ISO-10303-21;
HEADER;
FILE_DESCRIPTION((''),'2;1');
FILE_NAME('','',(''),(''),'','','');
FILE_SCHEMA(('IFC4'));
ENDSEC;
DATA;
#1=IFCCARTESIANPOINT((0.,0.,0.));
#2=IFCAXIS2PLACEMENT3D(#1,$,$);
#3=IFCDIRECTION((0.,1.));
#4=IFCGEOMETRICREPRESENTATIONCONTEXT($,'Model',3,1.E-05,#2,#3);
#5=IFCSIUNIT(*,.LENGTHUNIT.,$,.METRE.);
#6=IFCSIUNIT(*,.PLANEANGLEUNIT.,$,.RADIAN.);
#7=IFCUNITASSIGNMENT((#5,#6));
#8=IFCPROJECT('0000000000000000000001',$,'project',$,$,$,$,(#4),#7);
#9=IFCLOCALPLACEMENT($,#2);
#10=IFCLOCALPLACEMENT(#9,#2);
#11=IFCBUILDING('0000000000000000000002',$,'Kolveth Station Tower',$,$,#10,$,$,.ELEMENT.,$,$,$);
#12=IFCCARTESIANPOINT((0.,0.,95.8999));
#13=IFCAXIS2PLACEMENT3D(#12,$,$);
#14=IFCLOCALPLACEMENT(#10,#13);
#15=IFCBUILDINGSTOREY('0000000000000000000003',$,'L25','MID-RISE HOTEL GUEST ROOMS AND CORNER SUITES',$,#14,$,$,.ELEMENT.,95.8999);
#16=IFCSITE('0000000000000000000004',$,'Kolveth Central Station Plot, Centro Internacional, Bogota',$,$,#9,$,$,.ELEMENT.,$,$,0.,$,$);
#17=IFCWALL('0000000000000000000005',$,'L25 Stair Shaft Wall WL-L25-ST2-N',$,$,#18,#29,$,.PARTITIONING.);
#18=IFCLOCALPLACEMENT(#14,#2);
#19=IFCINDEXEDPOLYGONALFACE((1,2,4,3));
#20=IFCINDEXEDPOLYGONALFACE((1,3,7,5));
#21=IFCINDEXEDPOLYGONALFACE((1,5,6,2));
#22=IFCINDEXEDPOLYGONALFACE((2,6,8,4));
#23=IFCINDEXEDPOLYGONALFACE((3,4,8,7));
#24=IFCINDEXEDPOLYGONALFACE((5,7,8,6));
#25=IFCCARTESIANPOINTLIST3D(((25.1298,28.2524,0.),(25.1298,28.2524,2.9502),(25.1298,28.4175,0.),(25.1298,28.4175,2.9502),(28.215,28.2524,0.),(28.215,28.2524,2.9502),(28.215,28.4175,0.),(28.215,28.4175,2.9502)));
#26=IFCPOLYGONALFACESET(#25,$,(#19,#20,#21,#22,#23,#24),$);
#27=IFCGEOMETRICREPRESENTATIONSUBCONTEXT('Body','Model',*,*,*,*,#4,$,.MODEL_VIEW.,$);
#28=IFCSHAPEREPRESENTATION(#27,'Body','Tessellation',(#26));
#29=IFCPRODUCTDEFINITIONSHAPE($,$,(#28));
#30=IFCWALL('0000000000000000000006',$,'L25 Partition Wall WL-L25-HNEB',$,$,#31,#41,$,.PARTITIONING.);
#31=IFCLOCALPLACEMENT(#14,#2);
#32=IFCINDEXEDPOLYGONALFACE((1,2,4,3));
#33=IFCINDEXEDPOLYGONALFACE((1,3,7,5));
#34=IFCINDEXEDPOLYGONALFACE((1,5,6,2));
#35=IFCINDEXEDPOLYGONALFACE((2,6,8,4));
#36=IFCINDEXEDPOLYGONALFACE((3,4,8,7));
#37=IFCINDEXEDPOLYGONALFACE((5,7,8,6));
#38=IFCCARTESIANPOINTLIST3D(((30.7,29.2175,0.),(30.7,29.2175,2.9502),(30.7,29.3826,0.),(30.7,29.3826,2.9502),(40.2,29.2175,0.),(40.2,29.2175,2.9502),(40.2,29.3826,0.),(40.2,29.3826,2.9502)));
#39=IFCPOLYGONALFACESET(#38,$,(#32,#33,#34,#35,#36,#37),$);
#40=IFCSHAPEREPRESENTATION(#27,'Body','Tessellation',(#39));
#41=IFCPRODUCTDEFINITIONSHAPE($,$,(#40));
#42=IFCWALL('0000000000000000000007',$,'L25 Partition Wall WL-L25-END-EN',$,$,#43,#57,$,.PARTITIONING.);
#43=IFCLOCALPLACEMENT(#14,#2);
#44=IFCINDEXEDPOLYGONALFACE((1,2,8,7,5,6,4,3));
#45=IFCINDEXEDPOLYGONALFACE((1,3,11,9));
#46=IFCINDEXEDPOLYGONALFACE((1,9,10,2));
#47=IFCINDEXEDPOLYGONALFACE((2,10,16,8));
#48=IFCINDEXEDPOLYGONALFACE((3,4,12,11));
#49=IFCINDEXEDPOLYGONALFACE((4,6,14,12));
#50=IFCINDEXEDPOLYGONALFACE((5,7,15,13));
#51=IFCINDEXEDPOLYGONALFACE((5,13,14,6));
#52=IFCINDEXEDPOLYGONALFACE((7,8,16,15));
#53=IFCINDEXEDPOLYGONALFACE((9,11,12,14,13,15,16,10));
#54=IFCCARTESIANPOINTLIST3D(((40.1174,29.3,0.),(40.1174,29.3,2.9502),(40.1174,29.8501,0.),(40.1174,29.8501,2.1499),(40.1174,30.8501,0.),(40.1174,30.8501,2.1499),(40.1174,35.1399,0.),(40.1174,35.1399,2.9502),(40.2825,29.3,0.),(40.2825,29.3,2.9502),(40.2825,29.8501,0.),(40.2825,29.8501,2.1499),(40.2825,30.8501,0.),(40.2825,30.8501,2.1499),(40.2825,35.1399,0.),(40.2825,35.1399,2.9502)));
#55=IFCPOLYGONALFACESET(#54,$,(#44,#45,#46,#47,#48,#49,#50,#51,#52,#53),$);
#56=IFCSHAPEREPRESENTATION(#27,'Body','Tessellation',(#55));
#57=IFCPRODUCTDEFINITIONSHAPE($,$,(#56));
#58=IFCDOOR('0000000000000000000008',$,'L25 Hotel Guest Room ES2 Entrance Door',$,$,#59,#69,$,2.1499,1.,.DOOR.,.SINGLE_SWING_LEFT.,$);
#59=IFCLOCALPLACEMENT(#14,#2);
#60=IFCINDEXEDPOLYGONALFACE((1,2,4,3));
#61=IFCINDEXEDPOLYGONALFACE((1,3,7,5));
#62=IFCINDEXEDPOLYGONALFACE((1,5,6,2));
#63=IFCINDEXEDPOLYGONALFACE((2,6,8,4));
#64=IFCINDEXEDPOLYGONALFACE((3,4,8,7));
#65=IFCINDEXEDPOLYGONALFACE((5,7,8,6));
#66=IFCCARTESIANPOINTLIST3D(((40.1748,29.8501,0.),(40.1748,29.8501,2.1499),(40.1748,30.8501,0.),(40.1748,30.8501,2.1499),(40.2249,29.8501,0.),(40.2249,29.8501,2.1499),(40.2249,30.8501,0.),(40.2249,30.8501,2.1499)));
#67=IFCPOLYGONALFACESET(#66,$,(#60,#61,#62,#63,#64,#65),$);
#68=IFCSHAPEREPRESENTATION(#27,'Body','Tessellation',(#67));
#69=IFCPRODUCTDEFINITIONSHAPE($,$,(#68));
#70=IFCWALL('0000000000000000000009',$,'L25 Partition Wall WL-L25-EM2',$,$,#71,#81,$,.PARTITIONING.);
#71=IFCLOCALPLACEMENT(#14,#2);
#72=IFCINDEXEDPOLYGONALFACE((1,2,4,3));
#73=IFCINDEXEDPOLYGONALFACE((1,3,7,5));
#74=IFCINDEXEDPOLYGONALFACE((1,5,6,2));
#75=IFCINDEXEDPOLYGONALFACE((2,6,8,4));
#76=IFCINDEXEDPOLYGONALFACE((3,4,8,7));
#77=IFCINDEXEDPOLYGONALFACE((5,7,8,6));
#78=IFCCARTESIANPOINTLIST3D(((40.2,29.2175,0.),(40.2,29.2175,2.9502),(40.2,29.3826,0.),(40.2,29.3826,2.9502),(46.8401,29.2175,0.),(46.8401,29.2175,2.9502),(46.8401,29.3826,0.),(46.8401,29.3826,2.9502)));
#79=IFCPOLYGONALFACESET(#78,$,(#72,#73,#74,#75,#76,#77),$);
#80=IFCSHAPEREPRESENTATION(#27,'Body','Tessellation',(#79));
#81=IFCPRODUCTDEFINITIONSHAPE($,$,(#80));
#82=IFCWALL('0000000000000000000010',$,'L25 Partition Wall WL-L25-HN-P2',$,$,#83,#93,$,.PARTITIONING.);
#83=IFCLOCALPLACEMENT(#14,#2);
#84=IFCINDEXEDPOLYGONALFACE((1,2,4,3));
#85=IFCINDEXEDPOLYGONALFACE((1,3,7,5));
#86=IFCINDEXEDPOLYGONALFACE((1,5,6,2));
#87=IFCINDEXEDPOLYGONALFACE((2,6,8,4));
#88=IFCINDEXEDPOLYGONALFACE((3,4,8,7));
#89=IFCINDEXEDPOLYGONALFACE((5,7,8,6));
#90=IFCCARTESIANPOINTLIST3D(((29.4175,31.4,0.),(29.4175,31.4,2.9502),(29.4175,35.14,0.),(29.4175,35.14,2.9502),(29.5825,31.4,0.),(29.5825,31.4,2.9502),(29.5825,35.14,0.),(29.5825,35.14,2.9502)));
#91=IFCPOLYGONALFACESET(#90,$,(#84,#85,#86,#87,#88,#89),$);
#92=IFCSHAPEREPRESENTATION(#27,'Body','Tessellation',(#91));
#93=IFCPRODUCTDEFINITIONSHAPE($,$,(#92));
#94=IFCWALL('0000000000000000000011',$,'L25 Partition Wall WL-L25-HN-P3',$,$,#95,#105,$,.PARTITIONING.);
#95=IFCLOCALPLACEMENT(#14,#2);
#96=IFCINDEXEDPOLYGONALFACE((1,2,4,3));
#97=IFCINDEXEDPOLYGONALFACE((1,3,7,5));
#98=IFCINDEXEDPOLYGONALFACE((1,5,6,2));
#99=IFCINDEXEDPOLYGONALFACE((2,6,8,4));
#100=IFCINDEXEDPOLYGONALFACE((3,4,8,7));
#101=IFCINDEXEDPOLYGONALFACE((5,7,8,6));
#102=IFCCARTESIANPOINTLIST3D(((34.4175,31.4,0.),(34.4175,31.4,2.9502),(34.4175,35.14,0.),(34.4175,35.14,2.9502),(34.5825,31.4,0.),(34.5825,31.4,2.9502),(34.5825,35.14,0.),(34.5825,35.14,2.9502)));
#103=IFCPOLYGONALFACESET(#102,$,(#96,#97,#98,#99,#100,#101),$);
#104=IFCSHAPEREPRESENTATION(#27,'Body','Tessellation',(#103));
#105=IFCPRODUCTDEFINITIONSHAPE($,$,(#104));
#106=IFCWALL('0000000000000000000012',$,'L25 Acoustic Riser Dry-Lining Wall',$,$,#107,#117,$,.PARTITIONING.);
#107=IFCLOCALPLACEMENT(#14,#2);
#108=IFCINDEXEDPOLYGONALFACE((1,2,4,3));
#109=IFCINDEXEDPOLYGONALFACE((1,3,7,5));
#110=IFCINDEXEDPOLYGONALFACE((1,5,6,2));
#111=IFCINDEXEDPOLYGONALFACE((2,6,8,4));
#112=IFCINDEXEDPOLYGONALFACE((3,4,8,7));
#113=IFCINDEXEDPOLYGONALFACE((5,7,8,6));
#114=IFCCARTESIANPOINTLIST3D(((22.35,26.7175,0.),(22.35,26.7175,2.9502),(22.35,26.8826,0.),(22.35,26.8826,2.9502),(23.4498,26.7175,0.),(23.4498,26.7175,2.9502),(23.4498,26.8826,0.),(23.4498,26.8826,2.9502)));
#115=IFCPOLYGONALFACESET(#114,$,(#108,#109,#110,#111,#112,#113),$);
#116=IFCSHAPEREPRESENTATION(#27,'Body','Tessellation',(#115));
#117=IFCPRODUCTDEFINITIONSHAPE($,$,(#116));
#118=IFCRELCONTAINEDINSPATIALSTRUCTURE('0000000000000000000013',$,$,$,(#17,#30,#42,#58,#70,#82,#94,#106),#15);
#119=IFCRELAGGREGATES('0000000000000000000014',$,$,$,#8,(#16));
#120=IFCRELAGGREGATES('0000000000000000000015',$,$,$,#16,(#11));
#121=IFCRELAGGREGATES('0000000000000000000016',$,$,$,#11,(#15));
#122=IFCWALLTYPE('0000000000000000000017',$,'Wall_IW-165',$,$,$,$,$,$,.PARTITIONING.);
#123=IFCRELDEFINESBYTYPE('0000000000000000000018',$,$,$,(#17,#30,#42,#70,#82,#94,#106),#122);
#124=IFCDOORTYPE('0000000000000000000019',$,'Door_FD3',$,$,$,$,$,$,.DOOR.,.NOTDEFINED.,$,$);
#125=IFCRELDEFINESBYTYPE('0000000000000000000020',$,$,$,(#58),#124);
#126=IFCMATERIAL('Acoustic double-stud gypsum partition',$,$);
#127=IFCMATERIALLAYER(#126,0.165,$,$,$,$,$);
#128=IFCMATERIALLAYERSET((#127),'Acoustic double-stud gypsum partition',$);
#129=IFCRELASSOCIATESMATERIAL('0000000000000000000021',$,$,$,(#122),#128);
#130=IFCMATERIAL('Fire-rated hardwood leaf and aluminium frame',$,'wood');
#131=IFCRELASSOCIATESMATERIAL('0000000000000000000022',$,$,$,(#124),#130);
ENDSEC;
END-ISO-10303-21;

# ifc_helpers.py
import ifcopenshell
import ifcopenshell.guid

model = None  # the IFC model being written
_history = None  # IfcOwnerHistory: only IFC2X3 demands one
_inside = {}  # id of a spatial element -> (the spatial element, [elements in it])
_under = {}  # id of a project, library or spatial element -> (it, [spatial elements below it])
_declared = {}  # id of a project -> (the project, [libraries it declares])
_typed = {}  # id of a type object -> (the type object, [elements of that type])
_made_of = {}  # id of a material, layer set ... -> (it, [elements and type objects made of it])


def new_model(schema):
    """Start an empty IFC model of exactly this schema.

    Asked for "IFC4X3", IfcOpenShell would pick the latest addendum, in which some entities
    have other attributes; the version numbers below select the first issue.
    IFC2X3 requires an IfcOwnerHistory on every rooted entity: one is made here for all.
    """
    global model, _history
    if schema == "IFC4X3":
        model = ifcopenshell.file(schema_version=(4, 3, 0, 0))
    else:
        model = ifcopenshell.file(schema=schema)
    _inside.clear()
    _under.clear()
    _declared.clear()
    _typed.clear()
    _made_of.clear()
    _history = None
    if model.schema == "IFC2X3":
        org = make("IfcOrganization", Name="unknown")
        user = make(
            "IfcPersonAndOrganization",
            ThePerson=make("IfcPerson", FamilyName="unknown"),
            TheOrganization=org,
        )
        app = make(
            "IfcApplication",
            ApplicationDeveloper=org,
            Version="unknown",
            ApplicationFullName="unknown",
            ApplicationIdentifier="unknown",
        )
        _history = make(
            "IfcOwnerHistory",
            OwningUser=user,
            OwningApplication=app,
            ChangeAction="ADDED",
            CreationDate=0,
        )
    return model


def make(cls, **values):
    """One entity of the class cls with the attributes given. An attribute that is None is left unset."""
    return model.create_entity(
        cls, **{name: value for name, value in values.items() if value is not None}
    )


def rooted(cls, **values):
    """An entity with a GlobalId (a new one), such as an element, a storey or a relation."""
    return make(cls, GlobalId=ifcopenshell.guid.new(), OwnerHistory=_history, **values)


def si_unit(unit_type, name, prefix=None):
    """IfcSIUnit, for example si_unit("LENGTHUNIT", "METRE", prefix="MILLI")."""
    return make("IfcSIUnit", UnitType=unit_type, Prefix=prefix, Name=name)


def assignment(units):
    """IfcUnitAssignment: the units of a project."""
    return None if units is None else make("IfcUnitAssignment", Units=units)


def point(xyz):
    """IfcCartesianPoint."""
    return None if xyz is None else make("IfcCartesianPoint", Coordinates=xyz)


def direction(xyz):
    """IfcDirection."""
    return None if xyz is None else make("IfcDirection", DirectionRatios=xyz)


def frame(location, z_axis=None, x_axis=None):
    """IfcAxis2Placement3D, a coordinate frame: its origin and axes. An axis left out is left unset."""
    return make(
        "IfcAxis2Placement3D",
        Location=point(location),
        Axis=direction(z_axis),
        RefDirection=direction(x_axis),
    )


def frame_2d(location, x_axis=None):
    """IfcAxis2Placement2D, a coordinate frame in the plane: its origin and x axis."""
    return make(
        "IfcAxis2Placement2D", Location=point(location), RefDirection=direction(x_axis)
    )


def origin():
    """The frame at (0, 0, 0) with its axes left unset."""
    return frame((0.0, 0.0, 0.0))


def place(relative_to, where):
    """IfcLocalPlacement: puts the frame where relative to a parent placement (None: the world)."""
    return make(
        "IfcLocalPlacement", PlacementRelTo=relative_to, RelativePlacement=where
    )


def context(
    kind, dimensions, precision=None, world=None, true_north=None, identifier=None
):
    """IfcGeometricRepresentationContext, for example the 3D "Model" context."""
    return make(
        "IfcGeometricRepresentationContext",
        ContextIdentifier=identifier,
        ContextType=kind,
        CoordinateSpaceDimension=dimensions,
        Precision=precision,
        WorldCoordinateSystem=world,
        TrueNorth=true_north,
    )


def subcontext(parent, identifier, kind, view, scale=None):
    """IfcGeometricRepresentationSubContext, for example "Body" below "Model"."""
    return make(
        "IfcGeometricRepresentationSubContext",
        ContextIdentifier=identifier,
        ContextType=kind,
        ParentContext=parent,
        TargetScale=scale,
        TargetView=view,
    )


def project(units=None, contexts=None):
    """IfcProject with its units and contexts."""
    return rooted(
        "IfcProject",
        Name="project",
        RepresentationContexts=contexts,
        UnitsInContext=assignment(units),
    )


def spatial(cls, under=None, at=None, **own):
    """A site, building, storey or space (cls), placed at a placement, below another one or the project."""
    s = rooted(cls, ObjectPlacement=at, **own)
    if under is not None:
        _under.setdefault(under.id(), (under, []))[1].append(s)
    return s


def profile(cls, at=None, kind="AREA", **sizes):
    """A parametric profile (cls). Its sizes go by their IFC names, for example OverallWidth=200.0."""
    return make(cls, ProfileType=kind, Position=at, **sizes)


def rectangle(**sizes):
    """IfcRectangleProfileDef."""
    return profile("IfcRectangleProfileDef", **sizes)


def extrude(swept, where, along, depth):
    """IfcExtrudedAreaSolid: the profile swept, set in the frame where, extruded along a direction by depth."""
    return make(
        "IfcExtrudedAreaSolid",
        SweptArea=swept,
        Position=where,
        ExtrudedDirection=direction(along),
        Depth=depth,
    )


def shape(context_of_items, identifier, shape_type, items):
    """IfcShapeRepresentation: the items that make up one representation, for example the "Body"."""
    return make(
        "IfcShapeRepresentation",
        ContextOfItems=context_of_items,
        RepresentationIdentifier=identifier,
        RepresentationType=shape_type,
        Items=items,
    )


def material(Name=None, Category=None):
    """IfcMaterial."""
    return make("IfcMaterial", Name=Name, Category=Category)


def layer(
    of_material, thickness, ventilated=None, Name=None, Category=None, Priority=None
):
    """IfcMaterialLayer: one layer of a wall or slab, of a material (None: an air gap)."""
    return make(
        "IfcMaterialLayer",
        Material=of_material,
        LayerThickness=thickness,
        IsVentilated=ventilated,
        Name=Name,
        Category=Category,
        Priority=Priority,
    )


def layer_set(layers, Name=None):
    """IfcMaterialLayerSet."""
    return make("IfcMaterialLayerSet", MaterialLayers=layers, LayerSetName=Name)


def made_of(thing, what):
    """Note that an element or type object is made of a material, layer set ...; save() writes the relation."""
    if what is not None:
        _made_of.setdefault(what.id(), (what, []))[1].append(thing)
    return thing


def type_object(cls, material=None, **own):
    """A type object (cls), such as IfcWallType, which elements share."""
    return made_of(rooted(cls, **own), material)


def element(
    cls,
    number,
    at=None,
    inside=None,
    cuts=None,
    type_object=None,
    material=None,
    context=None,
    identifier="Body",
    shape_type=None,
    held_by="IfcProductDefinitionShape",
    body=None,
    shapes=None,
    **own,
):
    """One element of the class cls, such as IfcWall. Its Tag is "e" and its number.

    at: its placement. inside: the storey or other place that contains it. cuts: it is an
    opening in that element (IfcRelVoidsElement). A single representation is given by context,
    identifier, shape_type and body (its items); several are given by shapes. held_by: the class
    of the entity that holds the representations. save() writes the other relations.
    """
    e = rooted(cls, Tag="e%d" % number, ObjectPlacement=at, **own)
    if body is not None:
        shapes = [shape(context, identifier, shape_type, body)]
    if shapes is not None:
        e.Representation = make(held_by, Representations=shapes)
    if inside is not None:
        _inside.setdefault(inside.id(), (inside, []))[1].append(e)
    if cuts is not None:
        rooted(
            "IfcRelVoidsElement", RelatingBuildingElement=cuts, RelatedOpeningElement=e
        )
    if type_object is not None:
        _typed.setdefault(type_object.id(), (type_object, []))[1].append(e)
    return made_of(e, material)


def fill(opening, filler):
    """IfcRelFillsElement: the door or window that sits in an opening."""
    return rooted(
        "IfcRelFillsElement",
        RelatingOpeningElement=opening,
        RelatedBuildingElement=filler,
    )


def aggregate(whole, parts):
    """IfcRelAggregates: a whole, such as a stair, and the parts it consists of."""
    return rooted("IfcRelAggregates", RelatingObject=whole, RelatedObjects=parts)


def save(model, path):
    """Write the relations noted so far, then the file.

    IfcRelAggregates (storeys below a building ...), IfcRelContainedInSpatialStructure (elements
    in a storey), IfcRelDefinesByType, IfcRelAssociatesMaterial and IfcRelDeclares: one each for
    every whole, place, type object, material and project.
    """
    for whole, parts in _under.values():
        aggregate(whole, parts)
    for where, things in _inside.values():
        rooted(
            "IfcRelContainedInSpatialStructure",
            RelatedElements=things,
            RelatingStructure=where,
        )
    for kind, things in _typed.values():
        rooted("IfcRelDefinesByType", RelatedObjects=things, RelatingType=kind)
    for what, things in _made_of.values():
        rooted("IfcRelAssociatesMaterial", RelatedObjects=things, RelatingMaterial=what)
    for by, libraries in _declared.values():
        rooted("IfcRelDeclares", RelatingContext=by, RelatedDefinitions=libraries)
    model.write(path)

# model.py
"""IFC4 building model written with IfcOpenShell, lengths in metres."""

from ifc_helpers import new_model, si_unit, direction, frame, frame_2d, origin, place, context, subcontext, project, spatial, rectangle, extrude, material, layer, layer_set, type_object, element, fill, save


model = new_model("IFC4")

# Units and contexts
model_context = context("Model", 3, precision=1e-05, world=origin(), true_north=direction((0.0, 1.0)))
body_context = subcontext(model_context, "Body", "Model", "MODEL_VIEW")
ifc_project = project(units=[si_unit("LENGTHUNIT", "METRE"), si_unit("PLANEANGLEUNIT", "RADIAN")], contexts=[model_context])

# Site, building, storey
site_placement = place(None, origin())
site = spatial("IfcSite", under=ifc_project, at=site_placement, Name="Kolveth Central Station Plot, Centro Internacional, Bogota", CompositionType="ELEMENT", RefElevation=0.0)
building_placement = place(site_placement, origin())
building = spatial("IfcBuilding", under=site, at=building_placement, Name="Kolveth Station Tower", CompositionType="ELEMENT")
storey_placement = place(building_placement, frame((0.0, 0.0, 95.8999)))
storey = spatial("IfcBuildingStorey", under=building, at=storey_placement, Name="L25", Description="MID-RISE HOTEL GUEST ROOMS AND CORNER SUITES", CompositionType="ELEMENT", Elevation=95.8999)

# Walls
ifc_material_1 = material(Name="Acoustic double-stud gypsum partition")
ifc_layer_1 = layer(ifc_material_1, 0.165)
ifc_layer_set_1 = layer_set([ifc_layer_1], Name="Acoustic double-stud gypsum partition")
wall_type = type_object("IfcWallType", Name="Wall_IW-165", PredefinedType="PARTITIONING", material=ifc_layer_set_1)
wall_1_placement = place(storey_placement, frame((25.1299, 28.335, 0.0), z_axis=(0.0, 0.0, 1.0), x_axis=(1.0, 0.0, 0.0)))
element("IfcWall", 1, at=wall_1_placement, inside=storey, type_object=wall_type, Name="L25 Stair Shaft Wall WL-L25-ST2-N", PredefinedType="PARTITIONING", context=body_context, shape_type="SweptSolid", body=[
    extrude(rectangle(XDim=3.0852, YDim=0.165, at=frame_2d((1.5425, 0.0))), origin(), (0.0, 0.0, 1.0), 2.9502),
])
wall_2_placement = place(storey_placement, frame((30.7, 29.3, 0.0), z_axis=(0.0, 0.0, 1.0), x_axis=(1.0, 0.0, 0.0)))
element("IfcWall", 2, at=wall_2_placement, inside=storey, type_object=wall_type, Name="L25 Partition Wall WL-L25-HNEB", PredefinedType="PARTITIONING", context=body_context, shape_type="SweptSolid", body=[
    extrude(rectangle(XDim=9.5, YDim=0.165, at=frame_2d((4.75, 0.0))), origin(), (0.0, 0.0, 1.0), 2.9502),
])

# Wall, opening, door
wall_3_placement = place(storey_placement, frame((40.2, 29.3, 0.0), z_axis=(0.0, 0.0, 1.0), x_axis=(0.0, 1.0, 0.0)))
wall_3 = element("IfcWall", 3, at=wall_3_placement, inside=storey, type_object=wall_type, Name="L25 Partition Wall WL-L25-END-EN", PredefinedType="PARTITIONING", context=body_context, shape_type="SweptSolid", body=[
    extrude(rectangle(XDim=5.8398, YDim=0.165, at=frame_2d((2.9199, 0.0))), origin(), (0.0, 0.0, 1.0), 2.9502),
])
opening_placement = place(wall_3_placement, frame((0.55, 0.0, 0.0)))
opening = element("IfcOpeningElement", 4, at=opening_placement, cuts=wall_3, PredefinedType="OPENING", context=body_context, shape_type="SweptSolid", body=[
    extrude(rectangle(XDim=1.0, YDim=2.1499, at=frame_2d((0.5, 1.075))), frame((0.0, 0.0925, 0.0), z_axis=(0.0, -1.0, 0.0), x_axis=(1.0, 0.0, 0.0)), (0.0, 0.0, 1.0), 0.1851),
])
ifc_material_2 = material(Name="Fire-rated hardwood leaf and aluminium frame", Category="wood")
door_type = type_object("IfcDoorType", Name="Door_FD3", OperationType="NOTDEFINED", PredefinedType="DOOR", material=ifc_material_2)
door_placement = place(opening_placement, frame((1.0, 0.0, 0.0), z_axis=(0.0, 0.0, 1.0), x_axis=(-1.0, 0.0, 0.0)))
door = element("IfcDoor", 5, at=door_placement, inside=storey, type_object=door_type, Name="L25 Hotel Guest Room ES2 Entrance Door", OperationType="SINGLE_SWING_LEFT", OverallHeight=2.1499, OverallWidth=1.0, PredefinedType="DOOR", context=body_context, shape_type="SweptSolid", body=[
    extrude(rectangle(XDim=1.0, YDim=2.1499, at=frame_2d((0.5, 1.075))), frame((0.0, 0.0249, 0.0), z_axis=(0.0, -1.0, 0.0), x_axis=(1.0, 0.0, 0.0)), (0.0, 0.0, 1.0), 0.05),
])
fill(opening, door)

# Walls
wall_4_placement = place(storey_placement, frame((40.2, 29.3, 0.0), z_axis=(0.0, 0.0, 1.0), x_axis=(1.0, 0.0, 0.0)))
element("IfcWall", 6, at=wall_4_placement, inside=storey, type_object=wall_type, Name="L25 Partition Wall WL-L25-EM2", PredefinedType="PARTITIONING", context=body_context, shape_type="SweptSolid", body=[
    extrude(rectangle(XDim=6.6401, YDim=0.165, at=frame_2d((3.3201, 0.0))), origin(), (0.0, 0.0, 1.0), 2.9502),
])
for number, where, z_axis, x_axis, name in (
    (7, (29.5, 31.3999, 0.0), (0.0, 0.0, 1.0), (0.0, 1.0, 0.0), "L25 Partition Wall WL-L25-HN-P2"),
    (8, (34.5, 31.3999, 0.0), (0.0, 0.0, 1.0), (0.0, 1.0, 0.0), "L25 Partition Wall WL-L25-HN-P3"),
):
    element("IfcWall", number, at=place(storey_placement, frame(where, z_axis=z_axis, x_axis=x_axis)), inside=storey, type_object=wall_type, Name=name, PredefinedType="PARTITIONING", context=body_context, shape_type="SweptSolid", body=[
        extrude(rectangle(XDim=3.74, YDim=0.165, at=frame_2d((1.8701, 0.0))), origin(), (0.0, 0.0, 1.0), 2.9502),
    ])
wall_5_placement = place(storey_placement, frame((22.3501, 26.8, 0.0), z_axis=(0.0, 0.0, 1.0), x_axis=(1.0, 0.0, 0.0)))
element("IfcWall", 9, at=wall_5_placement, inside=storey, type_object=wall_type, Name="L25 Acoustic Riser Dry-Lining Wall", PredefinedType="PARTITIONING", context=body_context, shape_type="SweptSolid", body=[
    extrude(rectangle(XDim=1.0999, YDim=0.165, at=frame_2d((0.5498, 0.0))), origin(), (0.0, 0.0, 1.0), 2.9502),
])

save(model, "model.ifc")
